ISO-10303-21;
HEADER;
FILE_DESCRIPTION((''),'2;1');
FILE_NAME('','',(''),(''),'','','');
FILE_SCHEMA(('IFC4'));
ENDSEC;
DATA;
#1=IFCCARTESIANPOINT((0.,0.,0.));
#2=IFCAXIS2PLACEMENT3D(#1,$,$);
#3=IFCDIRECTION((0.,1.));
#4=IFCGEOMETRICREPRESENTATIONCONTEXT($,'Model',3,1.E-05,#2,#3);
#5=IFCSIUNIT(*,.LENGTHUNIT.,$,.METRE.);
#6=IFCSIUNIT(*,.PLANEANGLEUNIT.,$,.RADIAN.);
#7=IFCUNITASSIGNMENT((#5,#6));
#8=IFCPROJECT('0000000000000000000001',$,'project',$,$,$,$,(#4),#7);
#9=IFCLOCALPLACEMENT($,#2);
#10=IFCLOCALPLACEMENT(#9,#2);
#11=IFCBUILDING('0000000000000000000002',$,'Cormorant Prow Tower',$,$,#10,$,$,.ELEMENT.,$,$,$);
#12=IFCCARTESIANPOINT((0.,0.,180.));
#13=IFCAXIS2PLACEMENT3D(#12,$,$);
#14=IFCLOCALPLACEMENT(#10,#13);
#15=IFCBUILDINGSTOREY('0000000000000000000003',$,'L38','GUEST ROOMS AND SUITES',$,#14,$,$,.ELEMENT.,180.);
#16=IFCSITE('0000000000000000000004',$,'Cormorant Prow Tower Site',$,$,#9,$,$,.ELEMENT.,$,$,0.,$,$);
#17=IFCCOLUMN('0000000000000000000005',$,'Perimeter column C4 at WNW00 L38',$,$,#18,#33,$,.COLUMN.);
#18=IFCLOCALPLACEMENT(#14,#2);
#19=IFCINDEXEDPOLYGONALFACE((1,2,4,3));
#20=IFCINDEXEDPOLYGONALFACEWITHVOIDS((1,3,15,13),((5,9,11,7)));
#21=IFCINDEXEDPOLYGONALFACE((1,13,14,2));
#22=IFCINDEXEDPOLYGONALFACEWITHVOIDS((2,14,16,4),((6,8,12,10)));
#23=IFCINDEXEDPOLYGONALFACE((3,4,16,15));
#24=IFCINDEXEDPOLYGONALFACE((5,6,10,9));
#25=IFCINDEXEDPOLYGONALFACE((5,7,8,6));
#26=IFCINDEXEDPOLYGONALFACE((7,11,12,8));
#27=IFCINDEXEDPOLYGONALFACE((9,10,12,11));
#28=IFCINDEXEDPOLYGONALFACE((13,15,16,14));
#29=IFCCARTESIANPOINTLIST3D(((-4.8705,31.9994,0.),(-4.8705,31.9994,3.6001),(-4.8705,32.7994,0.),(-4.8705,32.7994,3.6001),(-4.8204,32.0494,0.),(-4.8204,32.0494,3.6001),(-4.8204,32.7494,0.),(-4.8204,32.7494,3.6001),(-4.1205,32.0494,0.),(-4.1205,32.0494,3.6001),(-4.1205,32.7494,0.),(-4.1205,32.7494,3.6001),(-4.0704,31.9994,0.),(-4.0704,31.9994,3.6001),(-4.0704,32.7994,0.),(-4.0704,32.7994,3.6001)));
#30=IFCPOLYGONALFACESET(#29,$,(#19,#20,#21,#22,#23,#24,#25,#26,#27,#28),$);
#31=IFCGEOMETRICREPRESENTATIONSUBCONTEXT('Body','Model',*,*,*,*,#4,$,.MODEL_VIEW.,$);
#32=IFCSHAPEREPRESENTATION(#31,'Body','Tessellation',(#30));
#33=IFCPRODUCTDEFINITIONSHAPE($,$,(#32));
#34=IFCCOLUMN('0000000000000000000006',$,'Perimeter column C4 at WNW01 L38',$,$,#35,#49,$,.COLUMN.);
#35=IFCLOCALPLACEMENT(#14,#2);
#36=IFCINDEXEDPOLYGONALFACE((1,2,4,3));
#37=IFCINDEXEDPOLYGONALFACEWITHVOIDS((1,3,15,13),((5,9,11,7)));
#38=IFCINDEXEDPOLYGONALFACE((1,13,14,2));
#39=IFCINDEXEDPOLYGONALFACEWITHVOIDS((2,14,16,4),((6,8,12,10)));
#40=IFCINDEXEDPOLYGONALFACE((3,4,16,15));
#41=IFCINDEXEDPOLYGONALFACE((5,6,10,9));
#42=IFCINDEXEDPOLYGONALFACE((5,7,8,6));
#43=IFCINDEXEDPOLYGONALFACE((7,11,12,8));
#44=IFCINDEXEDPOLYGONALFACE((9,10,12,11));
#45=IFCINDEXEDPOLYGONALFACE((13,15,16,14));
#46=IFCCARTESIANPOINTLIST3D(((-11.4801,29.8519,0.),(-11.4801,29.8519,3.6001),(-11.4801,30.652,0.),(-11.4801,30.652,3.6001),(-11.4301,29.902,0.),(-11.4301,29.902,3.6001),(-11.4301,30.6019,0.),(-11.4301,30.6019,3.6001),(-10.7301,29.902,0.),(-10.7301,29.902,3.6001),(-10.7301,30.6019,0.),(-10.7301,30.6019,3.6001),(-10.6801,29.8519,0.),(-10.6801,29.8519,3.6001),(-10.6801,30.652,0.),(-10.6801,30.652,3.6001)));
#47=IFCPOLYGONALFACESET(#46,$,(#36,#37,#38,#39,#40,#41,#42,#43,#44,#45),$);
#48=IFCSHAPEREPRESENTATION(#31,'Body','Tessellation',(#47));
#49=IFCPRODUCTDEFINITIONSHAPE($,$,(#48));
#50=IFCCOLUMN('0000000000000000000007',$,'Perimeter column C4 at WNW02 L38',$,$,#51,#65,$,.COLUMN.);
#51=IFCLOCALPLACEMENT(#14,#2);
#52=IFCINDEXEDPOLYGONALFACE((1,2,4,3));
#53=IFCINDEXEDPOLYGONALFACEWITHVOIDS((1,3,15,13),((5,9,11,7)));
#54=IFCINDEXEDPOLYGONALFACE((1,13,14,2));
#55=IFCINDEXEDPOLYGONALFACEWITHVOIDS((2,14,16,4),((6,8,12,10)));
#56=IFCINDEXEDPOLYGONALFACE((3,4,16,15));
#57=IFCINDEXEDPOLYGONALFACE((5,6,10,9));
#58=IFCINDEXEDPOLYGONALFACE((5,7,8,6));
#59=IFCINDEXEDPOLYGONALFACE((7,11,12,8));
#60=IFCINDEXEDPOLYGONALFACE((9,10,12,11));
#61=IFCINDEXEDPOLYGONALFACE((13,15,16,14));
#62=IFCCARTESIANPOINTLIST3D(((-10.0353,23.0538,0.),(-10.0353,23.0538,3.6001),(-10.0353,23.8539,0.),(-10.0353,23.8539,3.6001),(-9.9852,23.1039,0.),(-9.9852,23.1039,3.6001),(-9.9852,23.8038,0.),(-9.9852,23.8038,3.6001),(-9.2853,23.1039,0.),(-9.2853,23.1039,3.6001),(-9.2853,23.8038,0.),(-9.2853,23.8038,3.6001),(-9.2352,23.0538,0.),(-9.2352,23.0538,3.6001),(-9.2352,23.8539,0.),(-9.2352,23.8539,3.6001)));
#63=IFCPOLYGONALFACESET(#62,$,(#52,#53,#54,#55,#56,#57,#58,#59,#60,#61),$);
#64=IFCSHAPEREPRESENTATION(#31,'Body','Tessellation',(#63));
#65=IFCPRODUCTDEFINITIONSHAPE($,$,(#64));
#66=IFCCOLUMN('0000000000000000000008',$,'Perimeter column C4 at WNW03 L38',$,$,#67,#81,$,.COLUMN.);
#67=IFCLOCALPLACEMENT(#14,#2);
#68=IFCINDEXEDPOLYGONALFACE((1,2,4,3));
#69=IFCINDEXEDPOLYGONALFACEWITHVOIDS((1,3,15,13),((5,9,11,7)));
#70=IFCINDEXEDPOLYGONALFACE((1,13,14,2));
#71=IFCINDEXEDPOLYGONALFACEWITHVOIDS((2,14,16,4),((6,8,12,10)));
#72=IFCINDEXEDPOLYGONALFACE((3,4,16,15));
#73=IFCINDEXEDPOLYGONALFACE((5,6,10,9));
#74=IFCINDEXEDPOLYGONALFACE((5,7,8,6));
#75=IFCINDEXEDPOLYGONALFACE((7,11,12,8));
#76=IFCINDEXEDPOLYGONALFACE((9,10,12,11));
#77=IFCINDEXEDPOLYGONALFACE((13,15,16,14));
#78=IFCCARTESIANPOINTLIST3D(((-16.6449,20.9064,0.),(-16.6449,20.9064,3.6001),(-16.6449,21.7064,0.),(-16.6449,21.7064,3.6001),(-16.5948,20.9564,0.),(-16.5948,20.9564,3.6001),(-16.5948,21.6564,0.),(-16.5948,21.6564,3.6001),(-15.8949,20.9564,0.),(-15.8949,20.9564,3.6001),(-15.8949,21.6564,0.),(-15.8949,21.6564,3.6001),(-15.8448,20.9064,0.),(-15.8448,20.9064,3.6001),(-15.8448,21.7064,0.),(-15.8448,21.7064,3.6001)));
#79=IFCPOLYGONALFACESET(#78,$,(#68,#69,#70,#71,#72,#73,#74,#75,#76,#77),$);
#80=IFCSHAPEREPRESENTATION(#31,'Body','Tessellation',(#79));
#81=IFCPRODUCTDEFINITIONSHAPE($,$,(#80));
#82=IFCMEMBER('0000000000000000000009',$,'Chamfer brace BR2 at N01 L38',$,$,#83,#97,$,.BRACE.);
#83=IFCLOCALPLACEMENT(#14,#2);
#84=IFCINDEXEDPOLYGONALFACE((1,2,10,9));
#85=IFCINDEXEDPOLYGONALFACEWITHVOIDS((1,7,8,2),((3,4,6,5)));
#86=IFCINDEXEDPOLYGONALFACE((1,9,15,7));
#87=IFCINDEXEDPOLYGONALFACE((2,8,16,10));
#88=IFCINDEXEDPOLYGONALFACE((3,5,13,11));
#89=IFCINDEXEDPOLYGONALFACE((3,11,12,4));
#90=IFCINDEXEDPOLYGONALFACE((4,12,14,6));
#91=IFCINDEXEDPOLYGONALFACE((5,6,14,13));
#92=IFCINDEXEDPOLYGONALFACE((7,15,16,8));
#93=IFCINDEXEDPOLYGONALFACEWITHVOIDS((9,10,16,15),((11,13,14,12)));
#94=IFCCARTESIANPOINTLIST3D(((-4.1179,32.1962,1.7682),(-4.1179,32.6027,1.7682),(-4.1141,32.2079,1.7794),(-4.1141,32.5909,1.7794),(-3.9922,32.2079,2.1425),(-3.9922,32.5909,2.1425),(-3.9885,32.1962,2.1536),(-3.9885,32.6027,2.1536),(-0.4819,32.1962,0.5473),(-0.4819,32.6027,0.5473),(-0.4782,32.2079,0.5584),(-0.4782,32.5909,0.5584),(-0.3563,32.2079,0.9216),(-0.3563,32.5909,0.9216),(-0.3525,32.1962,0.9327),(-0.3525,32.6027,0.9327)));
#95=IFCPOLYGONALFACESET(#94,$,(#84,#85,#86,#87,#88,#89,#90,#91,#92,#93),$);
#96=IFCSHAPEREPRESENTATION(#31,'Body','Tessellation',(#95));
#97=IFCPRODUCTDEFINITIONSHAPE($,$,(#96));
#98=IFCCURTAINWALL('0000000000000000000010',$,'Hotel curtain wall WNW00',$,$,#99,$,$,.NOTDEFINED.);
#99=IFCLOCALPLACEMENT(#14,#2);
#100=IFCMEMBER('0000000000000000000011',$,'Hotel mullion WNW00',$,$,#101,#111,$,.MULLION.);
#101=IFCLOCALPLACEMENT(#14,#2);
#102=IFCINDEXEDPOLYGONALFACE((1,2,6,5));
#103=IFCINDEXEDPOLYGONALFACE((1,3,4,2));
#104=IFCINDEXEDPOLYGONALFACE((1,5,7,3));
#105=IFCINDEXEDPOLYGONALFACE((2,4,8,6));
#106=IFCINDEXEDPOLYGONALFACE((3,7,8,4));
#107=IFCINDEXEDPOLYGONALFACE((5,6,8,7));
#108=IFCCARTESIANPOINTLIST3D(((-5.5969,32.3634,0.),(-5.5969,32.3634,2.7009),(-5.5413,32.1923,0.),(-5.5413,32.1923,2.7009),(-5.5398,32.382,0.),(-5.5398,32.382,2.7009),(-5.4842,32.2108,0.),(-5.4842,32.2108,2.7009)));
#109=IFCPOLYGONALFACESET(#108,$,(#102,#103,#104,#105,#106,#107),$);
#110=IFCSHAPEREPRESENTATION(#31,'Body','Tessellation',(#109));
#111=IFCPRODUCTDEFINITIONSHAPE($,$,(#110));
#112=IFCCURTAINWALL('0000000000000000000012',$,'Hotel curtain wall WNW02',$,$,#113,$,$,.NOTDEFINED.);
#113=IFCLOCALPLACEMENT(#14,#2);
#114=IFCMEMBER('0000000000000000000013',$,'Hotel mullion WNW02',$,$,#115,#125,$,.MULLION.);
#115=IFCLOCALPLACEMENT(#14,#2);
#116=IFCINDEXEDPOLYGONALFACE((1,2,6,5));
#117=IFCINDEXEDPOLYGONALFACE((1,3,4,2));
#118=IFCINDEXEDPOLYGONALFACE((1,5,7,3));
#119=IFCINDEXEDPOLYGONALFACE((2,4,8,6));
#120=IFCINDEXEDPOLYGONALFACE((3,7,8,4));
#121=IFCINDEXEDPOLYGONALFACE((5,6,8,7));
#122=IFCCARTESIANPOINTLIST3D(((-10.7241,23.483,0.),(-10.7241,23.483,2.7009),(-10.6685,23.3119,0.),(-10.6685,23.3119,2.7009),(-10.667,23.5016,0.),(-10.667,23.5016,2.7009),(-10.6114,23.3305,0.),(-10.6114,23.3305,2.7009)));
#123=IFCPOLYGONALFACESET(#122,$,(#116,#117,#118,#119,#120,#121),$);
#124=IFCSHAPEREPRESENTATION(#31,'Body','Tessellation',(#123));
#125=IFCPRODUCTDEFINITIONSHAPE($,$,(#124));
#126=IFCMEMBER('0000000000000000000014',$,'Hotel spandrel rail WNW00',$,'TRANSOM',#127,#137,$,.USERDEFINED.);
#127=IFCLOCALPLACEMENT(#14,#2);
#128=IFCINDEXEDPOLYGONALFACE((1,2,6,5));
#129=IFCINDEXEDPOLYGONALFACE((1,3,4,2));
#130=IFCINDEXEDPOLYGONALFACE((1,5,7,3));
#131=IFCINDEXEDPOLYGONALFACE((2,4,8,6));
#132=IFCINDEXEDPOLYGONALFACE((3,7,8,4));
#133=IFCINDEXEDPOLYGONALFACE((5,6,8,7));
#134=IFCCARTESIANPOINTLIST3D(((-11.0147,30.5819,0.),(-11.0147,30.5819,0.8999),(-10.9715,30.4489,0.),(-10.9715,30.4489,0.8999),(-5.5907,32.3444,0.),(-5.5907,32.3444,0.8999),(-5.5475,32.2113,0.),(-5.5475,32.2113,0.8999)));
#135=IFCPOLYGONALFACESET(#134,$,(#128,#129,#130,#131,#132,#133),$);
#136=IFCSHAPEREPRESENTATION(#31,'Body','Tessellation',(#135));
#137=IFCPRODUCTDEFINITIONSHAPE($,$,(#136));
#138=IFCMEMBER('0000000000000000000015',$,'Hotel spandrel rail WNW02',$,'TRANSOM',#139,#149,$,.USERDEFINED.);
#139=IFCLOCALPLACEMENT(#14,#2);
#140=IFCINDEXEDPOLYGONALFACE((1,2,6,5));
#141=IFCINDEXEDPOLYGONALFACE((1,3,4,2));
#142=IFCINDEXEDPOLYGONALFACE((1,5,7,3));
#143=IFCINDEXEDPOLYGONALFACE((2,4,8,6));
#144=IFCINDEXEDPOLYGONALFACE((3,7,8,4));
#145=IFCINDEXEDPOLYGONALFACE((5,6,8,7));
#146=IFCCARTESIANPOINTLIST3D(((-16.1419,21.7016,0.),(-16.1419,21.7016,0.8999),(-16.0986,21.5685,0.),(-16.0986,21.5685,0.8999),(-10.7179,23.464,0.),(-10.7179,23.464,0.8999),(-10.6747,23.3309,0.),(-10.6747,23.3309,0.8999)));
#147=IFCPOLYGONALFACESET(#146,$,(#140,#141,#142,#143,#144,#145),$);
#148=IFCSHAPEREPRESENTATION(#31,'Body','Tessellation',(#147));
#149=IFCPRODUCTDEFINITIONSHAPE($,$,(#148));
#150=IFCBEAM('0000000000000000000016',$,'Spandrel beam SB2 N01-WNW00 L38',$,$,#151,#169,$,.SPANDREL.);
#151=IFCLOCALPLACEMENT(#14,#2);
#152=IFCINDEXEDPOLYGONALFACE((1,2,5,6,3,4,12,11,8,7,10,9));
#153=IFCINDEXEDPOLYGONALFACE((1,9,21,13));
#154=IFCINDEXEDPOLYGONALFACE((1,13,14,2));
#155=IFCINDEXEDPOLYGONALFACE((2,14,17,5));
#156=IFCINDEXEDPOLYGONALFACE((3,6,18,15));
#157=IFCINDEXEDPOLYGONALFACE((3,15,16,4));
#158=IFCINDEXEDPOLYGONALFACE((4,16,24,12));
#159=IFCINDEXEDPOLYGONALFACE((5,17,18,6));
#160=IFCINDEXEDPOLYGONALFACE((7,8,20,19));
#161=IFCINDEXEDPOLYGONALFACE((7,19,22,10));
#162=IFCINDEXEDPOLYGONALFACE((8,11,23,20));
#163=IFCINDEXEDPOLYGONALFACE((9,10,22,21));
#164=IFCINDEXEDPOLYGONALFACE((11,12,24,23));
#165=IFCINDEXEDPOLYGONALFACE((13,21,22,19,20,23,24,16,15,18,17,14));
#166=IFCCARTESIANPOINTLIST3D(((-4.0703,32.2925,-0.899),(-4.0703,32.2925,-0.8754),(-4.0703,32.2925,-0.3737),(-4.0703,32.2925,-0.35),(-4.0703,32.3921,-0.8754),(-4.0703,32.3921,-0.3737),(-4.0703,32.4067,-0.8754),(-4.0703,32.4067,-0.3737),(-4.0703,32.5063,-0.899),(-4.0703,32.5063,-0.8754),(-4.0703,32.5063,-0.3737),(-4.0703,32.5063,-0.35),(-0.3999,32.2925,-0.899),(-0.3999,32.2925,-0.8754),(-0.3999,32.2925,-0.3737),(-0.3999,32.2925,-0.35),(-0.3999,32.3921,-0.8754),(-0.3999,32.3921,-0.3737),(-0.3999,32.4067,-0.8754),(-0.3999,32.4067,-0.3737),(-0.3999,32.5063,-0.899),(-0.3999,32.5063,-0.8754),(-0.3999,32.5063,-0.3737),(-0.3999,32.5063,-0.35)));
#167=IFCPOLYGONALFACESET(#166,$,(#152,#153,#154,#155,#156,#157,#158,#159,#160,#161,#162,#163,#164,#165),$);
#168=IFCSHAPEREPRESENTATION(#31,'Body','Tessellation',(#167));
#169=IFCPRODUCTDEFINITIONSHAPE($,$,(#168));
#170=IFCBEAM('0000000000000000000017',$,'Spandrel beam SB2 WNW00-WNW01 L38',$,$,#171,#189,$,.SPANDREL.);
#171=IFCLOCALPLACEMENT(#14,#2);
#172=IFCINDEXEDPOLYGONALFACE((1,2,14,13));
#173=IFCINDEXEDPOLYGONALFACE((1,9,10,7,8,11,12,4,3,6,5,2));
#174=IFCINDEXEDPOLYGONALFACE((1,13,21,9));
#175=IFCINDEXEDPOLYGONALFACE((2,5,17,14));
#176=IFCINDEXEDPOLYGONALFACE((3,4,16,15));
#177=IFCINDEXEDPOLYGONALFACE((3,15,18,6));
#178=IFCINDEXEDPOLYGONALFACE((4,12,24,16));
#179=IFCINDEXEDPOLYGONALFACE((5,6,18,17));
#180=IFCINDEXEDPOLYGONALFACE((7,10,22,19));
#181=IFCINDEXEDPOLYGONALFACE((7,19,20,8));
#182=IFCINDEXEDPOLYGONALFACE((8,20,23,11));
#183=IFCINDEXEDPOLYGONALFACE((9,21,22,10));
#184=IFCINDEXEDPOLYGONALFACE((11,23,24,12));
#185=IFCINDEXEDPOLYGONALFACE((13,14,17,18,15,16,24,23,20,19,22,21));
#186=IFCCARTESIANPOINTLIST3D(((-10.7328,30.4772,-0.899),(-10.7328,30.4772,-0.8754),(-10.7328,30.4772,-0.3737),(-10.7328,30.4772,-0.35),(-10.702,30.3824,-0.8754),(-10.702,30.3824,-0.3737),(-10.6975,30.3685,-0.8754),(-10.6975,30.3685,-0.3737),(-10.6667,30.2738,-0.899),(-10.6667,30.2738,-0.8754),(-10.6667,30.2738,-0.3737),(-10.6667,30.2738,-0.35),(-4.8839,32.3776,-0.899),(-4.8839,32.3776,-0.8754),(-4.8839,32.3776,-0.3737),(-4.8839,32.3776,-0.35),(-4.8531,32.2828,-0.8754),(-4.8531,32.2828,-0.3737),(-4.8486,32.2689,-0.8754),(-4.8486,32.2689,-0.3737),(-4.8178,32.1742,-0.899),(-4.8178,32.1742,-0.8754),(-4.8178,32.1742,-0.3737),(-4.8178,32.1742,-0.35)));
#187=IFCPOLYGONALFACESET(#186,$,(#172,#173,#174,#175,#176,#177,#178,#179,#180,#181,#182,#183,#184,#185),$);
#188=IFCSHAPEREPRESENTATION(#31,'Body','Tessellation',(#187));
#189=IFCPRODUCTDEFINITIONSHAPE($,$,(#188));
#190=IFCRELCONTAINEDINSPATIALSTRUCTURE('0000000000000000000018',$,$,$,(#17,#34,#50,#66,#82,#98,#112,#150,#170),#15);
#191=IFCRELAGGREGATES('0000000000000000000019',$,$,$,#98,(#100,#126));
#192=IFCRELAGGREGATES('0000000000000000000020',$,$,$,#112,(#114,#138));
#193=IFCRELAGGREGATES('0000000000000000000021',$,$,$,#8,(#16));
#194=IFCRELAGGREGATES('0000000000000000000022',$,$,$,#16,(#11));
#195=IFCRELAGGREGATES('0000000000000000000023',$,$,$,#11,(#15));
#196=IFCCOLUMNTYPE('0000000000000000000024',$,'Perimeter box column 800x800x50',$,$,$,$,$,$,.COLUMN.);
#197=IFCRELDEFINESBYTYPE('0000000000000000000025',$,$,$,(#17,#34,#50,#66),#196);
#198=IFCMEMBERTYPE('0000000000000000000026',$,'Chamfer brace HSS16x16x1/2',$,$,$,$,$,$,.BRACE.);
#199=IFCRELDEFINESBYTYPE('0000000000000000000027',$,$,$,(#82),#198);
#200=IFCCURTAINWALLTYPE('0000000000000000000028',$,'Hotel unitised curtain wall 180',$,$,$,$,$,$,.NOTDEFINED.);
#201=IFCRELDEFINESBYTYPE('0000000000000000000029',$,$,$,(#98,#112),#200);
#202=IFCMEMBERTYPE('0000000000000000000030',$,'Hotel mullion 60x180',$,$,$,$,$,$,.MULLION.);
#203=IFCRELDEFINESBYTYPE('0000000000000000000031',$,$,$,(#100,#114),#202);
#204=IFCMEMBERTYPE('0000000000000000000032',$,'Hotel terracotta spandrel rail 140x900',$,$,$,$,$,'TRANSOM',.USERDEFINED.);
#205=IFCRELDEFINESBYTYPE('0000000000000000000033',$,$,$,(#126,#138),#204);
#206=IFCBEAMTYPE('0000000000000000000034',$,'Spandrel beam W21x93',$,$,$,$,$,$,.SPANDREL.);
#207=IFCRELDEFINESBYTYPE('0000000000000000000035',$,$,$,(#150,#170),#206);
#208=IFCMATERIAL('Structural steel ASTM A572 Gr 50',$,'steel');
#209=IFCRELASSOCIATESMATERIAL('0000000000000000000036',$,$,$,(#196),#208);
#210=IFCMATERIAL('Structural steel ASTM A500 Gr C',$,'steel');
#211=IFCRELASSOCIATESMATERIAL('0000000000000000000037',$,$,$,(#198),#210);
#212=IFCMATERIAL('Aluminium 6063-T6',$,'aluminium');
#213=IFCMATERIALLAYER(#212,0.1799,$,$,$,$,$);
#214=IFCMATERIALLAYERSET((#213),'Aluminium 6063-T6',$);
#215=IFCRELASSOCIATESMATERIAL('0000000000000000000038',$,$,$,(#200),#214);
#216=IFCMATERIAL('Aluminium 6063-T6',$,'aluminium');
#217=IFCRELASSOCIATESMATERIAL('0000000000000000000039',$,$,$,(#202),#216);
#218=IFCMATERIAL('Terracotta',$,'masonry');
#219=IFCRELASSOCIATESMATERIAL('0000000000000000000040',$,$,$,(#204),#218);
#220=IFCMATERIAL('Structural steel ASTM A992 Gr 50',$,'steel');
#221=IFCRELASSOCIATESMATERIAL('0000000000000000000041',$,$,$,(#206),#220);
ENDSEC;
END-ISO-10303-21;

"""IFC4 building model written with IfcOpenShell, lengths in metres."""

from ifc_helpers import new_model, si_unit, direction, frame, origin, origin_2d, place, context, subcontext, project, spatial, rectangle, hollow_rectangle, i_section, extrude, material, layer, layer_set, material_profile, profile_set, type_object, element, aggregate, save


model = new_model("IFC4")

# Units and contexts
model_context = context("Model", 3, precision=1e-05, world=origin(), true_north=direction((0.0, 1.0)))
body_context = subcontext(model_context, "Body", "Model", "MODEL_VIEW")
ifc_project = project(units=[si_unit("LENGTHUNIT", "METRE"), si_unit("PLANEANGLEUNIT", "RADIAN")], contexts=[model_context])

# Site, building, storey
site_placement = place(None, origin())
site = spatial("IfcSite", under=ifc_project, at=site_placement, Name="Cormorant Prow Tower Site", CompositionType="ELEMENT", RefElevation=0.0)
building_placement = place(site_placement, origin())
building = spatial("IfcBuilding", under=site, at=building_placement, Name="Cormorant Prow Tower", CompositionType="ELEMENT")
storey_placement = place(building_placement, frame((0.0, 0.0, 180.0)))
storey = spatial("IfcBuildingStorey", under=building, at=storey_placement, Name="L38", Description="GUEST ROOMS AND SUITES", CompositionType="ELEMENT", Elevation=180.0)

# Columns
ifc_material_1 = material(Name="Structural steel ASTM A572 Gr 50", Category="steel")
ifc_material_profile_1 = material_profile(ifc_material_1, hollow_rectangle(XDim=0.8, YDim=0.8, WallThickness=0.05, at=origin_2d()), Name="Box 800x800x50")
ifc_profile_set_1 = profile_set([ifc_material_profile_1], Name="Structural steel ASTM A572 Gr 50")
column_type = type_object("IfcColumnType", Name="Perimeter box column 800x800x50", PredefinedType="COLUMN", material=ifc_profile_set_1)
for number, where, z_axis, x_axis, name in (
    (1, (-4.4705, 32.3994, 0.0), (0.0, 0.0, 1.0), (1.0, 0.0, 0.0), "Perimeter column C4 at WNW00 L38"),
    (2, (-11.0801, 30.252, 0.0), (0.0, 0.0, 1.0), (1.0, 0.0, 0.0), "Perimeter column C4 at WNW01 L38"),
    (3, (-9.6353, 23.4539, 0.0), (0.0, 0.0, 1.0), (1.0, 0.0, 0.0), "Perimeter column C4 at WNW02 L38"),
    (4, (-16.2449, 21.3064, 0.0), (0.0, 0.0, 1.0), (1.0, 0.0, 0.0), "Perimeter column C4 at WNW03 L38"),
):
    element("IfcColumn", number, at=place(storey_placement, frame(where, z_axis=z_axis, x_axis=x_axis)), inside=storey, type_object=column_type, Name=name, PredefinedType="COLUMN", context=body_context, shape_type="SweptSolid", body=[
        extrude(hollow_rectangle(XDim=0.8, YDim=0.8, WallThickness=0.05, at=origin_2d()), origin(), (0.0, 0.0, 1.0), 3.6001),
    ])

# Member
ifc_material_2 = material(Name="Structural steel ASTM A500 Gr C", Category="steel")
ifc_material_profile_2 = material_profile(ifc_material_2, hollow_rectangle(XDim=0.4065, YDim=0.4065, WallThickness=0.0117, at=origin_2d()), Name="HSS16x16x1/2")
ifc_profile_set_2 = profile_set([ifc_material_profile_2], Name="Structural steel ASTM A500 Gr C")
member_type_1 = type_object("IfcMemberType", Name="Chamfer brace HSS16x16x1/2", PredefinedType="BRACE", material=ifc_profile_set_2)
member_1_placement = place(storey_placement, frame((-0.4172, 32.3994, 0.74), z_axis=(-0.947981, 0.0, 0.318328), x_axis=(0.0, -1.0, 0.0)))
element("IfcMember", 5, at=member_1_placement, inside=storey, type_object=member_type_1, Name="Chamfer brace BR2 at N01 L38", PredefinedType="BRACE", context=body_context, shape_type="SweptSolid", body=[
    extrude(hollow_rectangle(XDim=0.4065, YDim=0.4065, WallThickness=0.0117, at=origin_2d()), origin(), (0.0, 0.0, 1.0), 3.8354),
])

# Curtain walls, members
ifc_material_3 = material(Name="Aluminium 6063-T6", Category="aluminium")
ifc_layer_1 = layer(ifc_material_3, 0.1799)
ifc_layer_set_1 = layer_set([ifc_layer_1], Name="Aluminium 6063-T6")
curtain_wall_type = type_object("IfcCurtainWallType", Name="Hotel unitised curtain wall 180", PredefinedType="NOTDEFINED", material=ifc_layer_set_1)
curtain_wall_1_placement = place(storey_placement, origin())
curtain_wall_1 = element("IfcCurtainWall", 6, at=curtain_wall_1_placement, inside=storey, type_object=curtain_wall_type, Name="Hotel curtain wall WNW00", PredefinedType="NOTDEFINED")
ifc_material_4 = material(Name="Aluminium 6063-T6", Category="aluminium")
ifc_material_profile_3 = material_profile(ifc_material_4, rectangle(XDim=0.1799, YDim=0.0601, at=origin_2d()), Name="Hotel mullion 60x180")
ifc_profile_set_3 = profile_set([ifc_material_profile_3], Name="Aluminium 6063-T6")
member_type_2 = type_object("IfcMemberType", Name="Hotel mullion 60x180", PredefinedType="MULLION", material=ifc_profile_set_3)
member_2_placement = place(storey_placement, frame((-5.5405, 32.2871, 0.0), z_axis=(0.0, 0.0, 1.0), x_axis=(0.309017, -0.951057, 0.0)))
member_2 = element("IfcMember", 7, at=member_2_placement, type_object=member_type_2, Name="Hotel mullion WNW00", PredefinedType="MULLION", context=body_context, shape_type="SweptSolid", body=[
    extrude(rectangle(XDim=0.1799, YDim=0.0601, at=origin_2d()), origin(), (0.0, 0.0, 1.0), 2.7009),
])
curtain_wall_2_placement = place(storey_placement, origin())
curtain_wall_2 = element("IfcCurtainWall", 8, at=curtain_wall_2_placement, inside=storey, type_object=curtain_wall_type, Name="Hotel curtain wall WNW02", PredefinedType="NOTDEFINED")
member_3_placement = place(storey_placement, frame((-10.6677, 23.4067, 0.0), z_axis=(0.0, 0.0, 1.0), x_axis=(0.309017, -0.951057, 0.0)))
member_3 = element("IfcMember", 9, at=member_3_placement, type_object=member_type_2, Name="Hotel mullion WNW02", PredefinedType="MULLION", context=body_context, shape_type="SweptSolid", body=[
    extrude(rectangle(XDim=0.1799, YDim=0.0601, at=origin_2d()), origin(), (0.0, 0.0, 1.0), 2.7009),
])

# Members
ifc_material_5 = material(Name="Terracotta", Category="masonry")
ifc_material_profile_4 = material_profile(ifc_material_5, rectangle(XDim=0.1399, YDim=0.8999, at=origin_2d()), Name="Hotel terracotta spandrel rail 140x900")
ifc_profile_set_4 = profile_set([ifc_material_profile_4], Name="Terracotta")
member_type_3 = type_object("IfcMemberType", Name="Hotel terracotta spandrel rail 140x900", ElementType="TRANSOM", PredefinedType="USERDEFINED", material=ifc_profile_set_4)
member_4_placement = place(storey_placement, frame((-5.5691, 32.2778, 0.45), z_axis=(-0.951053, -0.309027, 0.0), x_axis=(0.309027, -0.951053, 0.0)))
member_4 = element("IfcMember", 10, at=member_4_placement, type_object=member_type_3, Name="Hotel spandrel rail WNW00", ObjectType="TRANSOM", PredefinedType="USERDEFINED", context=body_context, shape_type="SweptSolid", body=[
    extrude(rectangle(XDim=0.1399, YDim=0.8999, at=origin_2d()), origin(), (0.0, 0.0, 1.0), 5.7031),
])
member_5_placement = place(storey_placement, frame((-10.6963, 23.3975, 0.45), z_axis=(-0.951053, -0.309027, 0.0), x_axis=(0.309027, -0.951053, 0.0)))
member_5 = element("IfcMember", 11, at=member_5_placement, type_object=member_type_3, Name="Hotel spandrel rail WNW02", ObjectType="TRANSOM", PredefinedType="USERDEFINED", context=body_context, shape_type="SweptSolid", body=[
    extrude(rectangle(XDim=0.1399, YDim=0.8999, at=origin_2d()), origin(), (0.0, 0.0, 1.0), 5.7031),
])

# Beams
ifc_material_6 = material(Name="Structural steel ASTM A992 Gr 50", Category="steel")
ifc_material_profile_5 = material_profile(ifc_material_6, i_section(OverallWidth=0.2139, OverallDepth=0.5491, WebThickness=0.0146, FlangeThickness=0.0237, at=origin_2d()), Name="W21x93")
ifc_profile_set_5 = profile_set([ifc_material_profile_5], Name="Structural steel ASTM A992 Gr 50")
beam_type = type_object("IfcBeamType", Name="Spandrel beam W21x93", PredefinedType="SPANDREL", material=ifc_profile_set_5)
beam_1_placement = place(storey_placement, frame((-0.3999, 32.3994, -0.6245), z_axis=(-1.0, 0.0, 0.0), x_axis=(0.0, -1.0, 0.0)))
element("IfcBeam", 12, at=beam_1_placement, inside=storey, type_object=beam_type, Name="Spandrel beam SB2 N01-WNW00 L38", PredefinedType="SPANDREL", context=body_context, shape_type="SweptSolid", body=[
    extrude(i_section(OverallWidth=0.2139, OverallDepth=0.5491, WebThickness=0.0146, FlangeThickness=0.0237, at=origin_2d()), origin(), (0.0, 0.0, 1.0), 3.6704),
])
beam_2_placement = place(storey_placement, frame((-4.8508, 32.2759, -0.6245), z_axis=(-0.951058, -0.309013, 0.0), x_axis=(0.309013, -0.951058, 0.0)))
element("IfcBeam", 13, at=beam_2_placement, inside=storey, type_object=beam_type, Name="Spandrel beam SB2 WNW00-WNW01 L38", PredefinedType="SPANDREL", context=body_context, shape_type="SweptSolid", body=[
    extrude(i_section(OverallWidth=0.2139, OverallDepth=0.5491, WebThickness=0.0146, FlangeThickness=0.0237, at=origin_2d()), origin(), (0.0, 0.0, 1.0), 6.1499),
])

aggregate(curtain_wall_1, [member_2, member_4])
aggregate(curtain_wall_2, [member_3, member_5])

save(model, "model.ifc")
